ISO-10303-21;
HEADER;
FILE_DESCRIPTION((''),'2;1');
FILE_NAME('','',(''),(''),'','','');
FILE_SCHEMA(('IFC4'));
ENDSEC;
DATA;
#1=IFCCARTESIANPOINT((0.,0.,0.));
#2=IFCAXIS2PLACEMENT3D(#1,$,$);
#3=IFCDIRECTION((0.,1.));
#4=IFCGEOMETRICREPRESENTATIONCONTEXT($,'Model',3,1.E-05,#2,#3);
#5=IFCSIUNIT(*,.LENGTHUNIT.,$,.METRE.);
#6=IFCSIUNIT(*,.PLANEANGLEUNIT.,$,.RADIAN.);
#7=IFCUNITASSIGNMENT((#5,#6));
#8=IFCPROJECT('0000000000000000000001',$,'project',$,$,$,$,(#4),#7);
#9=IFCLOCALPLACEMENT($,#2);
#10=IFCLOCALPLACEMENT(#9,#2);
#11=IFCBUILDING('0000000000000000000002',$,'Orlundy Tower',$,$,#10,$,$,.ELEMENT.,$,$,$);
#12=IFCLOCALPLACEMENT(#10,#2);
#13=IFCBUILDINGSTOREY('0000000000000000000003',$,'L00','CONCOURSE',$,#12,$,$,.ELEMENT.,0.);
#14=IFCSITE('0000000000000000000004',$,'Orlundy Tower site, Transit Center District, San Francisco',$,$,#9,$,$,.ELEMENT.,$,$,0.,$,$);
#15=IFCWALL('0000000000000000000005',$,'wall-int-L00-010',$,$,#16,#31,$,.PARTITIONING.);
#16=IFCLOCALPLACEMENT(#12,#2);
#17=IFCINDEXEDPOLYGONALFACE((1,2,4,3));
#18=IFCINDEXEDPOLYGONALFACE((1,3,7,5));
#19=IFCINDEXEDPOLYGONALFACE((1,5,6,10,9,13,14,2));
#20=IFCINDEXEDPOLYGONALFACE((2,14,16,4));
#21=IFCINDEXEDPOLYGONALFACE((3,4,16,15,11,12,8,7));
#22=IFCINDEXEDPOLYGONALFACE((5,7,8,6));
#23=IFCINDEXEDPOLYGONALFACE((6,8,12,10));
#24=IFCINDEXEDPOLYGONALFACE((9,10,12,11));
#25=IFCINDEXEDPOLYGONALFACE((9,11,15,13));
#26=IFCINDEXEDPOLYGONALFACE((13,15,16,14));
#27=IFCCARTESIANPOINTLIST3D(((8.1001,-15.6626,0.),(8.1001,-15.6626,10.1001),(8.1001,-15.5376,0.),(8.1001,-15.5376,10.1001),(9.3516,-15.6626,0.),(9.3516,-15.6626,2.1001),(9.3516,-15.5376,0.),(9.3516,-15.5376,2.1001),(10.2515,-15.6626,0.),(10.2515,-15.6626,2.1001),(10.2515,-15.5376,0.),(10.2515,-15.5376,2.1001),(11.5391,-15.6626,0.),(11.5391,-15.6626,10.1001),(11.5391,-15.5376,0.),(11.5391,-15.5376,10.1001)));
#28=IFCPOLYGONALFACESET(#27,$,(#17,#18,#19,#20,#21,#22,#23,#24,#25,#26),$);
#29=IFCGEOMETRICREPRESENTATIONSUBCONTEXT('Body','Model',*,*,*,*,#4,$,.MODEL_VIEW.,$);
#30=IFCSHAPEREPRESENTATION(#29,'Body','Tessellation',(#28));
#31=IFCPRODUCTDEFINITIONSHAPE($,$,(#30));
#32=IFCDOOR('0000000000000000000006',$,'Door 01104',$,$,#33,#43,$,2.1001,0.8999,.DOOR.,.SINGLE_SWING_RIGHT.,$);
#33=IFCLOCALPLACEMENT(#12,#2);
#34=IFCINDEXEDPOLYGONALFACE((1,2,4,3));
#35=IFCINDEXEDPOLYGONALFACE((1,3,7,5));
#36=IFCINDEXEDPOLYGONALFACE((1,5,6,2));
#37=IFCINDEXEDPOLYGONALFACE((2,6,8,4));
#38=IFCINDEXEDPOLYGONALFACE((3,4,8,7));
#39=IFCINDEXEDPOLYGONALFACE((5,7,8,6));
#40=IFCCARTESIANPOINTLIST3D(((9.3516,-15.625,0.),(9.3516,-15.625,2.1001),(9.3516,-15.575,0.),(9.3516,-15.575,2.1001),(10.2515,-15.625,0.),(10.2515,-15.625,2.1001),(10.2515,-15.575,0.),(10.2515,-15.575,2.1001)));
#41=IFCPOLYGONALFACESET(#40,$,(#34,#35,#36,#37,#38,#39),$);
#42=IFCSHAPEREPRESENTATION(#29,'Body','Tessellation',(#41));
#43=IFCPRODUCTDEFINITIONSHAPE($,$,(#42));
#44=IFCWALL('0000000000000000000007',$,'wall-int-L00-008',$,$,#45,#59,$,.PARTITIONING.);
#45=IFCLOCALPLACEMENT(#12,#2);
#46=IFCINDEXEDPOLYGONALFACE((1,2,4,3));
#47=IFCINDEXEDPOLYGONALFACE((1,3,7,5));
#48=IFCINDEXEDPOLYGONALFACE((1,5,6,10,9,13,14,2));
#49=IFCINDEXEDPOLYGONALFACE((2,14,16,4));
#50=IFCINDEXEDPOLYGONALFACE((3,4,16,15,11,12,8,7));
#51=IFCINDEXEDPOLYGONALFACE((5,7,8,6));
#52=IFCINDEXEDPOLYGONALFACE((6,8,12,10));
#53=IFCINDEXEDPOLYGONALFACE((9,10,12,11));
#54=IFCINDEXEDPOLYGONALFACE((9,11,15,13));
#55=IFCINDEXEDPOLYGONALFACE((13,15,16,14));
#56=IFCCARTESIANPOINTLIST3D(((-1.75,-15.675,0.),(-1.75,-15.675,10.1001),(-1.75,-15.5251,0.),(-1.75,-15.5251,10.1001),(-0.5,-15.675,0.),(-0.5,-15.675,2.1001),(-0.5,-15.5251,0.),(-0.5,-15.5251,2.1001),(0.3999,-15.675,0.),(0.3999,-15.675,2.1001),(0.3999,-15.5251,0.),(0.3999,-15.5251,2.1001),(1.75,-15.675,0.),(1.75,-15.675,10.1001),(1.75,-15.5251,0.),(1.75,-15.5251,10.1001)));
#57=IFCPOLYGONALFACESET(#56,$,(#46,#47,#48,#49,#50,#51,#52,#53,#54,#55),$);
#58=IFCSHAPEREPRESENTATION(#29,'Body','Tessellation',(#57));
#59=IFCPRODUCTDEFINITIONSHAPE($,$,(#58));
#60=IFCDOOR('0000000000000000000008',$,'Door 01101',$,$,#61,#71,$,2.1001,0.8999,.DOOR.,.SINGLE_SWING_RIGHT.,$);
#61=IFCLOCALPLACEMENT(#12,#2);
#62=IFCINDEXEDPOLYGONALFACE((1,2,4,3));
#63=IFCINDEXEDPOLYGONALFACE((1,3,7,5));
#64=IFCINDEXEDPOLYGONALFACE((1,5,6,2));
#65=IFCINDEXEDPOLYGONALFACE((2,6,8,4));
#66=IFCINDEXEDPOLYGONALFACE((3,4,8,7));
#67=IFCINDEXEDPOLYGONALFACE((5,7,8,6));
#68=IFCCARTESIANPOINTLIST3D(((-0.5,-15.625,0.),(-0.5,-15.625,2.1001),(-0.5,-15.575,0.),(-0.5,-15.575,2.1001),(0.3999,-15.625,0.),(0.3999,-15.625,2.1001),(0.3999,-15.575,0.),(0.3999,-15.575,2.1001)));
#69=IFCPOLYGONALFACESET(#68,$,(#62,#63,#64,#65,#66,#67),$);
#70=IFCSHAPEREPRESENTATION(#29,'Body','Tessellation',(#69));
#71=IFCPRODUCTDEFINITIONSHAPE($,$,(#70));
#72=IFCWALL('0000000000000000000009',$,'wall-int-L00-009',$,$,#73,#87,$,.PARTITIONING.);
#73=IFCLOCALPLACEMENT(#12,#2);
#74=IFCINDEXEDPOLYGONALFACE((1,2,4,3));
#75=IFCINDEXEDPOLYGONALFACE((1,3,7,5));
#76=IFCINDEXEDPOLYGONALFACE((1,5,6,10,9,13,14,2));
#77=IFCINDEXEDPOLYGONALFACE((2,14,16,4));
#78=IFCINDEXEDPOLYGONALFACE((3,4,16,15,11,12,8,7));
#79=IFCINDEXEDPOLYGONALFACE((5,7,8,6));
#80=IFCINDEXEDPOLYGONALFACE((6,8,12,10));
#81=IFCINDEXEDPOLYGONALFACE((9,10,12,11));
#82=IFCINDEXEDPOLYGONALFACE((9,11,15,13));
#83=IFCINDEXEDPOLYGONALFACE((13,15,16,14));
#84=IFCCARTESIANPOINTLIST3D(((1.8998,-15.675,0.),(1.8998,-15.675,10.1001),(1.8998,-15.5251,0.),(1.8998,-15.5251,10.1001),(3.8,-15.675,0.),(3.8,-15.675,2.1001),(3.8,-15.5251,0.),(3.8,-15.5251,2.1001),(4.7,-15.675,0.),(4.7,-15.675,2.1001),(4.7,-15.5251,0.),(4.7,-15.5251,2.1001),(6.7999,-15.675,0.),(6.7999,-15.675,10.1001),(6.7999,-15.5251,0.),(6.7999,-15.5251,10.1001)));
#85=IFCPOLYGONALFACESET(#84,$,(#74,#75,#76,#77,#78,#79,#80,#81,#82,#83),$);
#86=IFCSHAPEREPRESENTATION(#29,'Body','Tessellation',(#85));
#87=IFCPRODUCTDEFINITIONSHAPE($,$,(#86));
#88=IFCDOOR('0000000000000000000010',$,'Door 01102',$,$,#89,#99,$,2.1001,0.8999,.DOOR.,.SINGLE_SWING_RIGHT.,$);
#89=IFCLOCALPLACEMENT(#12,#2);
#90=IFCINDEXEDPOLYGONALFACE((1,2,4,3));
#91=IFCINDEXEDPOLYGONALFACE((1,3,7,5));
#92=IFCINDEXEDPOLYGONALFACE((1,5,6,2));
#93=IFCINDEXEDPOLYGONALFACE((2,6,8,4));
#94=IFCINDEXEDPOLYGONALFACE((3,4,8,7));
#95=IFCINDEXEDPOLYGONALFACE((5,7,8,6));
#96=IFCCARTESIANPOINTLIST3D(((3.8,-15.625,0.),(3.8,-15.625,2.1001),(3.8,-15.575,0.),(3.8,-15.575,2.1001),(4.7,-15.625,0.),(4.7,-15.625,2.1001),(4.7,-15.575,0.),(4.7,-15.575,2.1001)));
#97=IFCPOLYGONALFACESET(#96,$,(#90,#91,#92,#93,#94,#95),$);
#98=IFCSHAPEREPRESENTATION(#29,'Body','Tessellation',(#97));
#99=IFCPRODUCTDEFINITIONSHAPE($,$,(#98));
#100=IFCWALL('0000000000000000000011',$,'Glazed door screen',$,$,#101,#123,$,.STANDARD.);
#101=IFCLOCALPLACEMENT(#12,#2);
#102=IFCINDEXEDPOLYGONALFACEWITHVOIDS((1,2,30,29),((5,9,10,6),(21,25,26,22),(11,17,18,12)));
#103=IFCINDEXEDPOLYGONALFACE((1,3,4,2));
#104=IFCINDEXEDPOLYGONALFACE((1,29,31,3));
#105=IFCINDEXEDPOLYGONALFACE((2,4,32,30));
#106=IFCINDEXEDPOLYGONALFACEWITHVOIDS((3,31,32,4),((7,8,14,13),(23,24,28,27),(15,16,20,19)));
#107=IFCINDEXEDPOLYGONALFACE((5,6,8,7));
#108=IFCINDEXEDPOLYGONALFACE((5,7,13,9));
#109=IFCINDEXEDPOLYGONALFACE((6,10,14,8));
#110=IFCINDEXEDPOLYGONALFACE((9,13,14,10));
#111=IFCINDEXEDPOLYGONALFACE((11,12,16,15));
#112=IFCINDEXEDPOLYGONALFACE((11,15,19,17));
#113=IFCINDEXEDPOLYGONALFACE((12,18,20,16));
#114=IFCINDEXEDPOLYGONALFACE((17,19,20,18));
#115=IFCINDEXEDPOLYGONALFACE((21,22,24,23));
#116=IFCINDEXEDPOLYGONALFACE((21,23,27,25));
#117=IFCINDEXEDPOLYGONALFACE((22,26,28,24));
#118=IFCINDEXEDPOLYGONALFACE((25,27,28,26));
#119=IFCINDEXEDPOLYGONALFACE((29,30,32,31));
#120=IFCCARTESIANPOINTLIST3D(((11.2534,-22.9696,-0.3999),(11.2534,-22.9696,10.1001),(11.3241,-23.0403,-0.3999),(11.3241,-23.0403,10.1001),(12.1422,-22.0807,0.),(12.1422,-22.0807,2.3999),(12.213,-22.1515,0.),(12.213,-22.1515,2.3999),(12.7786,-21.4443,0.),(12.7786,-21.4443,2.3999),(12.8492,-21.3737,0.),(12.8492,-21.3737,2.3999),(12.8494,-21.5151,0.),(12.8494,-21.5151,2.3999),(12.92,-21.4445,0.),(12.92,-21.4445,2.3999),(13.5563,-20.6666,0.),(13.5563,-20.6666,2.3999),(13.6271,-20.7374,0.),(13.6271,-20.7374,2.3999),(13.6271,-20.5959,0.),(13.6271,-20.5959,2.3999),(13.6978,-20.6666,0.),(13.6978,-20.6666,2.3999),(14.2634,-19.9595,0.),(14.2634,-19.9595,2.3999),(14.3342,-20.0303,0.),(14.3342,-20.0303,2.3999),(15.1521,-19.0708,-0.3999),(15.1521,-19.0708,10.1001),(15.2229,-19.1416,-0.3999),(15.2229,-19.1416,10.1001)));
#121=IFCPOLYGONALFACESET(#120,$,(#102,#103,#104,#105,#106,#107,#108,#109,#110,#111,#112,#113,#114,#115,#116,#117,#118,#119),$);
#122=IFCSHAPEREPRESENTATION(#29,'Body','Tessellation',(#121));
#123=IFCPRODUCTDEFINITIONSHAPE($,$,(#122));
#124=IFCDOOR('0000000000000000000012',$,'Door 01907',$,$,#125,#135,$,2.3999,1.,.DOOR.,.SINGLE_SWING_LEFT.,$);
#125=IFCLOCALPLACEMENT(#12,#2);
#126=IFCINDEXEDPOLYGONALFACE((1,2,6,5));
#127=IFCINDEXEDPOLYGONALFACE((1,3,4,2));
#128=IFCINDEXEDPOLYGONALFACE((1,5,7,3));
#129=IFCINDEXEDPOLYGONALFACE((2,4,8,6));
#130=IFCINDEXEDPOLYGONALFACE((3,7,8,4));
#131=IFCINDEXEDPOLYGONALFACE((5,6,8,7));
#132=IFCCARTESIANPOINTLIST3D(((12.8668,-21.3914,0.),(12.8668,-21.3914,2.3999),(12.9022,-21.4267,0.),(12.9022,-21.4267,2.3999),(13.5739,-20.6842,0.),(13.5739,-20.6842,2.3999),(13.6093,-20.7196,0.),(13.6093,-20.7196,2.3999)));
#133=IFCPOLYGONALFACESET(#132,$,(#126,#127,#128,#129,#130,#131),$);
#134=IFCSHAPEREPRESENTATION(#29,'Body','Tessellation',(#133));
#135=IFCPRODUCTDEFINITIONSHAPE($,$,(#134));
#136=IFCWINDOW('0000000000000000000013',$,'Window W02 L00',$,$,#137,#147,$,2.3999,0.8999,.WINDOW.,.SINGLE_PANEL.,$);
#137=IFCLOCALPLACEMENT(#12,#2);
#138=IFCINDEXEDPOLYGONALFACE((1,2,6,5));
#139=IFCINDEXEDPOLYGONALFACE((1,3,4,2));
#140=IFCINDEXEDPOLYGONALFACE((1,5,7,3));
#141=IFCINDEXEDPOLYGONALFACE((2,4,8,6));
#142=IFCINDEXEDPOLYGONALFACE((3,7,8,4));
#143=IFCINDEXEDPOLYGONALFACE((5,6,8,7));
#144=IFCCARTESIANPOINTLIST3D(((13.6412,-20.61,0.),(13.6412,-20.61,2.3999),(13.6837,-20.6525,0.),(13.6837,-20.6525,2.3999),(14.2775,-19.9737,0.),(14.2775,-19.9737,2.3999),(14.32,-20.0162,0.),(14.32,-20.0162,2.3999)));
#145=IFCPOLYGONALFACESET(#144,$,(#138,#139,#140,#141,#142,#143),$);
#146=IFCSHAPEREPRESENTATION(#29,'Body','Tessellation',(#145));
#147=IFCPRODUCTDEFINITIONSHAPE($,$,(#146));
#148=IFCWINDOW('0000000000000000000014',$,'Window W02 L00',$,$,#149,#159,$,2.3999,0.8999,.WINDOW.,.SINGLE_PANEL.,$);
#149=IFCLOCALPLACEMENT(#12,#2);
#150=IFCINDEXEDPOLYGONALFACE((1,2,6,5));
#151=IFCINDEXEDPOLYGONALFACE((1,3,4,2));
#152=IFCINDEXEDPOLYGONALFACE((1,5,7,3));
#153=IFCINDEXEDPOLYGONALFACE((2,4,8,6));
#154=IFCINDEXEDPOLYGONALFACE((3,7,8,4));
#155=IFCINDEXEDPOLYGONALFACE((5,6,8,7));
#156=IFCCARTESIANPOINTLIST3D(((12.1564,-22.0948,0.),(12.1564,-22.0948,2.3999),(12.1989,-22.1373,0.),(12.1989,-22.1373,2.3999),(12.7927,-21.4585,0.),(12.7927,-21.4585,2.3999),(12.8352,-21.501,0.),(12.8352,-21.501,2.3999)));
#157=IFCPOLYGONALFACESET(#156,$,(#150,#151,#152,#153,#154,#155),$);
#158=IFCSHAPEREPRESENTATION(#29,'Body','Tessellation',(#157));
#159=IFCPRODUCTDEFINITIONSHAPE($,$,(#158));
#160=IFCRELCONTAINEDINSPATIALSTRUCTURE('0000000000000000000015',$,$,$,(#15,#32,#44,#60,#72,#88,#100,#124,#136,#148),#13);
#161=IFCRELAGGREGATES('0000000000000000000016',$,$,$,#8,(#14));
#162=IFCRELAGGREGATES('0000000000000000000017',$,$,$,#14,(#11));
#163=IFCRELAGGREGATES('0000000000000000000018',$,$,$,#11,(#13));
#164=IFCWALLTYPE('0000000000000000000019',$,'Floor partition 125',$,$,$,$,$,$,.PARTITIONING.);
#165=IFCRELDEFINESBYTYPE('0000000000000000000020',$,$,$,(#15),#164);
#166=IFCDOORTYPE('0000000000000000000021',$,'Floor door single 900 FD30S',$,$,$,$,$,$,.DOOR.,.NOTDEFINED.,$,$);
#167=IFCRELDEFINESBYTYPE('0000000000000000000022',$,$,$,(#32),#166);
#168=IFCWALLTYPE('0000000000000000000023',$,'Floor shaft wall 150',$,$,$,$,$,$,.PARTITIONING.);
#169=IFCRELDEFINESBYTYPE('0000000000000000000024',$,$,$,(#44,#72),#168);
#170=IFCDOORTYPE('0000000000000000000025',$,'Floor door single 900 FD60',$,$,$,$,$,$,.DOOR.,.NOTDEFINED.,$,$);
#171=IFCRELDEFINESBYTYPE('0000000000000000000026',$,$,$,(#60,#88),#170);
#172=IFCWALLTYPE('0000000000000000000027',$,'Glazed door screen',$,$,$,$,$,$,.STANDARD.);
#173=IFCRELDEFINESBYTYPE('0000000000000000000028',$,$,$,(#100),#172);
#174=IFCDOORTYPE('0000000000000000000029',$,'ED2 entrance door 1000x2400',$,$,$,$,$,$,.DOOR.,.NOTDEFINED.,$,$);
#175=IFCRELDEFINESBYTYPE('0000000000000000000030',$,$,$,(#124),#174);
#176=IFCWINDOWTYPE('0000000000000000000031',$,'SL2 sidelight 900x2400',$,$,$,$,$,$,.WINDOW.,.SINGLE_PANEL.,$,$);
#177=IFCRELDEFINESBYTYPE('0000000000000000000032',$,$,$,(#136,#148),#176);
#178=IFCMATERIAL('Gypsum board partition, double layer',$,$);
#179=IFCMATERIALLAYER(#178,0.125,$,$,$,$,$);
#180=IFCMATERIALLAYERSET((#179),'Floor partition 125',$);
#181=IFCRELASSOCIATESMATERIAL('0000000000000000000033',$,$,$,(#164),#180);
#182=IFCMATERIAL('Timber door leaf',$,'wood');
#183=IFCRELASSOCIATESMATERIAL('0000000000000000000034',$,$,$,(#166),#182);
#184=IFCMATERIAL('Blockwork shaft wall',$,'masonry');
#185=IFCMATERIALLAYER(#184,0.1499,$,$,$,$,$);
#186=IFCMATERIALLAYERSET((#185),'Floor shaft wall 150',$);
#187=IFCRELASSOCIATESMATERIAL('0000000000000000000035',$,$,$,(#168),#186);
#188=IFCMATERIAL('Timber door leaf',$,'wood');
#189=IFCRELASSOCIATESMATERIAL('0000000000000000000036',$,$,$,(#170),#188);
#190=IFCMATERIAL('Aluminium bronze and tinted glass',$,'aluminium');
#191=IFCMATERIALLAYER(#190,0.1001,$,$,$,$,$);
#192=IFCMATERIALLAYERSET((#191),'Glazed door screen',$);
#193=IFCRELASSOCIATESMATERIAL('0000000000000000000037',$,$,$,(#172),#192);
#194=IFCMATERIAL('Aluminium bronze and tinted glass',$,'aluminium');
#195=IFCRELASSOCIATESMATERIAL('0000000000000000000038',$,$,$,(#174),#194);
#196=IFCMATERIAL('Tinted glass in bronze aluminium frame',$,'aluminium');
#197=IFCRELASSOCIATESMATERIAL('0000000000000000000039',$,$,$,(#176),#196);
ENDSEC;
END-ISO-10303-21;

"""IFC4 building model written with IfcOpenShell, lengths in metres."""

from ifc_helpers import new_model, si_unit, direction, frame, frame_2d, origin, place, context, subcontext, project, spatial, rectangle, extrude, material, layer, layer_set, type_object, element, fill, save


model = new_model("IFC4")

# Units and contexts
model_context = context("Model", 3, precision=1e-05, world=origin(), true_north=direction((0.0, 1.0)))
body_context = subcontext(model_context, "Body", "Model", "MODEL_VIEW")
ifc_project = project(units=[si_unit("LENGTHUNIT", "METRE"), si_unit("PLANEANGLEUNIT", "RADIAN")], contexts=[model_context])

# Site, building, storey
site_placement = place(None, origin())
site = spatial("IfcSite", under=ifc_project, at=site_placement, Name="Orlundy Tower site, Transit Center District, San Francisco", CompositionType="ELEMENT", RefElevation=0.0)
building_placement = place(site_placement, origin())
building = spatial("IfcBuilding", under=site, at=building_placement, Name="Orlundy Tower", CompositionType="ELEMENT")
storey_placement = place(building_placement, origin())
storey = spatial("IfcBuildingStorey", under=building, at=storey_placement, Name="L00", Description="CONCOURSE", CompositionType="ELEMENT", Elevation=0.0)

# Walls, openings, doors
ifc_material_1 = material(Name="Gypsum board partition, double layer")
ifc_layer_1 = layer(ifc_material_1, 0.125)
ifc_layer_set_1 = layer_set([ifc_layer_1], Name="Floor partition 125")
wall_type_1 = type_object("IfcWallType", Name="Floor partition 125", PredefinedType="PARTITIONING", material=ifc_layer_set_1)
wall_1_placement = place(storey_placement, frame((11.5391, -15.6001, 0.0), z_axis=(0.0, 0.0, 1.0), x_axis=(-1.0, 0.0, 0.0)))
wall_1 = element("IfcWall", 1, at=wall_1_placement, inside=storey, type_object=wall_type_1, Name="wall-int-L00-010", PredefinedType="PARTITIONING", context=body_context, shape_type="SweptSolid", body=[
    extrude(rectangle(XDim=3.439, YDim=0.125, at=frame_2d((1.7195, 0.0))), origin(), (0.0, 0.0, 1.0), 10.1001),
])
opening_1_placement = place(wall_1_placement, frame((1.2876, 0.0, 0.0)))
opening_1 = element("IfcOpeningElement", 2, at=opening_1_placement, cuts=wall_1, PredefinedType="OPENING", context=body_context, shape_type="SweptSolid", body=[
    extrude(rectangle(XDim=0.8999, YDim=2.1001, at=frame_2d((0.45, 1.05))), frame((0.0, 0.0725, 0.0), z_axis=(0.0, -1.0, 0.0), x_axis=(1.0, 0.0, 0.0)), (0.0, 0.0, 1.0), 0.145),
])
ifc_material_2 = material(Name="Timber door leaf", Category="wood")
door_type_1 = type_object("IfcDoorType", Name="Floor door single 900 FD30S", OperationType="NOTDEFINED", PredefinedType="DOOR", material=ifc_material_2)
door_1_placement = place(opening_1_placement, origin())
door_1 = element("IfcDoor", 3, at=door_1_placement, inside=storey, type_object=door_type_1, Name="Door 01104", OperationType="SINGLE_SWING_RIGHT", OverallHeight=2.1001, OverallWidth=0.8999, PredefinedType="DOOR", context=body_context, shape_type="SweptSolid", body=[
    extrude(rectangle(XDim=0.8999, YDim=2.1001, at=frame_2d((0.45, 1.05))), frame((0.0, 0.0249, 0.0), z_axis=(0.0, -1.0, 0.0), x_axis=(1.0, 0.0, 0.0)), (0.0, 0.0, 1.0), 0.05),
])
fill(opening_1, door_1)
ifc_material_3 = material(Name="Blockwork shaft wall", Category="masonry")
ifc_layer_2 = layer(ifc_material_3, 0.1499)
ifc_layer_set_2 = layer_set([ifc_layer_2], Name="Floor shaft wall 150")
wall_type_2 = type_object("IfcWallType", Name="Floor shaft wall 150", PredefinedType="PARTITIONING", material=ifc_layer_set_2)
wall_2_placement = place(storey_placement, frame((1.75, -15.6001, 0.0), z_axis=(0.0, 0.0, 1.0), x_axis=(-1.0, 0.0, 0.0)))
wall_2 = element("IfcWall", 4, at=wall_2_placement, inside=storey, type_object=wall_type_2, Name="wall-int-L00-008", PredefinedType="PARTITIONING", context=body_context, shape_type="SweptSolid", body=[
    extrude(rectangle(XDim=3.5, YDim=0.1499, at=frame_2d((1.75, 0.0))), origin(), (0.0, 0.0, 1.0), 10.1001),
])
opening_2_placement = place(wall_2_placement, frame((1.3501, 0.0, 0.0)))
opening_2 = element("IfcOpeningElement", 5, at=opening_2_placement, cuts=wall_2, PredefinedType="OPENING", context=body_context, shape_type="SweptSolid", body=[
    extrude(rectangle(XDim=0.8999, YDim=2.1001, at=frame_2d((0.45, 1.05))), frame((0.0, 0.085, 0.0), z_axis=(0.0, -1.0, 0.0), x_axis=(1.0, 0.0, 0.0)), (0.0, 0.0, 1.0), 0.1699),
])
ifc_material_4 = material(Name="Timber door leaf", Category="wood")
door_type_2 = type_object("IfcDoorType", Name="Floor door single 900 FD60", OperationType="NOTDEFINED", PredefinedType="DOOR", material=ifc_material_4)
door_2_placement = place(opening_2_placement, origin())
door_2 = element("IfcDoor", 6, at=door_2_placement, inside=storey, type_object=door_type_2, Name="Door 01101", OperationType="SINGLE_SWING_RIGHT", OverallHeight=2.1001, OverallWidth=0.8999, PredefinedType="DOOR", context=body_context, shape_type="SweptSolid", body=[
    extrude(rectangle(XDim=0.8999, YDim=2.1001, at=frame_2d((0.45, 1.05))), frame((0.0, 0.0249, 0.0), z_axis=(0.0, -1.0, 0.0), x_axis=(1.0, 0.0, 0.0)), (0.0, 0.0, 1.0), 0.05),
])
fill(opening_2, door_2)
wall_3_placement = place(storey_placement, frame((6.8, -15.6001, 0.0), z_axis=(0.0, 0.0, 1.0), x_axis=(-1.0, 0.0, 0.0)))
wall_3 = element("IfcWall", 7, at=wall_3_placement, inside=storey, type_object=wall_type_2, Name="wall-int-L00-009", PredefinedType="PARTITIONING", context=body_context, shape_type="SweptSolid", body=[
    extrude(rectangle(XDim=4.9001, YDim=0.1499, at=frame_2d((2.4502, 0.0))), origin(), (0.0, 0.0, 1.0), 10.1001),
])
opening_3_placement = place(wall_3_placement, frame((2.1001, 0.0, 0.0)))
opening_3 = element("IfcOpeningElement", 8, at=opening_3_placement, cuts=wall_3, PredefinedType="OPENING", context=body_context, shape_type="SweptSolid", body=[
    extrude(rectangle(XDim=0.8999, YDim=2.1001, at=frame_2d((0.45, 1.05))), frame((0.0, 0.085, 0.0), z_axis=(0.0, -1.0, 0.0), x_axis=(1.0, 0.0, 0.0)), (0.0, 0.0, 1.0), 0.1699),
])
door_3_placement = place(opening_3_placement, origin())
door_3 = element("IfcDoor", 9, at=door_3_placement, inside=storey, type_object=door_type_2, Name="Door 01102", OperationType="SINGLE_SWING_RIGHT", OverallHeight=2.1001, OverallWidth=0.8999, PredefinedType="DOOR", context=body_context, shape_type="SweptSolid", body=[
    extrude(rectangle(XDim=0.8999, YDim=2.1001, at=frame_2d((0.45, 1.05))), frame((0.0, 0.0249, 0.0), z_axis=(0.0, -1.0, 0.0), x_axis=(1.0, 0.0, 0.0)), (0.0, 0.0, 1.0), 0.05),
])
fill(opening_3, door_3)

# Wall, openings, door, windows
ifc_material_5 = material(Name="Aluminium bronze and tinted glass", Category="aluminium")
ifc_layer_3 = layer(ifc_material_5, 0.1001)
ifc_layer_set_3 = layer_set([ifc_layer_3], Name="Glazed door screen")
wall_type_3 = type_object("IfcWallType", Name="Glazed door screen", PredefinedType="STANDARD", material=ifc_layer_set_3)
wall_4_placement = place(storey_placement, frame((15.1875, -19.1062, -0.3999), z_axis=(0.0, 0.0, 1.0), x_axis=(-0.707107, -0.707107, 0.0)))
wall_4 = element("IfcWall", 10, at=wall_4_placement, inside=storey, type_object=wall_type_3, Name="Glazed door screen", PredefinedType="STANDARD", context=body_context, shape_type="SweptSolid", body=[
    extrude(rectangle(XDim=5.5137, YDim=0.1001, at=frame_2d((2.7568, 0.0))), origin(), (0.0, 0.0, 1.0), 10.5),
])
opening_4_placement = place(wall_4_placement, frame((2.2568, 0.0, 0.3999)))
opening_4 = element("IfcOpeningElement", 11, at=opening_4_placement, cuts=wall_4, PredefinedType="OPENING", context=body_context, shape_type="SweptSolid", body=[
    extrude(rectangle(XDim=1.0, YDim=2.3999, at=frame_2d((0.5, 1.2))), frame((0.0, 0.0601, 0.0), z_axis=(0.0, -1.0, 0.0), x_axis=(1.0, 0.0, 0.0)), (0.0, 0.0, 1.0), 0.1201),
])
opening_5_placement = place(wall_4_placement, frame((1.2568, 0.0, 0.3999)))
opening_5 = element("IfcOpeningElement", 12, at=opening_5_placement, cuts=wall_4, PredefinedType="OPENING", context=body_context, shape_type="SweptSolid", body=[
    extrude(rectangle(XDim=0.8999, YDim=2.3999, at=frame_2d((0.45, 1.2))), frame((0.0, 0.0601, 0.0), z_axis=(0.0, -1.0, 0.0), x_axis=(1.0, 0.0, 0.0)), (0.0, 0.0, 1.0), 0.1201),
])
opening_6_placement = place(wall_4_placement, frame((3.3567, 0.0, 0.3999)))
opening_6 = element("IfcOpeningElement", 13, at=opening_6_placement, cuts=wall_4, PredefinedType="OPENING", context=body_context, shape_type="SweptSolid", body=[
    extrude(rectangle(XDim=0.8999, YDim=2.3999, at=frame_2d((0.45, 1.2))), frame((0.0, 0.0601, 0.0), z_axis=(0.0, -1.0, 0.0), x_axis=(1.0, 0.0, 0.0)), (0.0, 0.0, 1.0), 0.1201),
])
ifc_material_6 = material(Name="Aluminium bronze and tinted glass", Category="aluminium")
door_type_3 = type_object("IfcDoorType", Name="ED2 entrance door 1000x2400", OperationType="NOTDEFINED", PredefinedType="DOOR", material=ifc_material_6)
door_4_placement = place(opening_4_placement, origin())
door_4 = element("IfcDoor", 14, at=door_4_placement, inside=storey, type_object=door_type_3, Name="Door 01907", OperationType="SINGLE_SWING_LEFT", OverallHeight=2.3999, OverallWidth=1.0, PredefinedType="DOOR", context=body_context, shape_type="SweptSolid", body=[
    extrude(rectangle(XDim=1.0, YDim=2.3999, at=frame_2d((0.5, 1.2))), frame((0.0, 0.0249, 0.0), z_axis=(0.0, -1.0, 0.0), x_axis=(1.0, 0.0, 0.0)), (0.0, 0.0, 1.0), 0.05),
])
fill(opening_4, door_4)
ifc_material_7 = material(Name="Tinted glass in bronze aluminium frame", Category="aluminium")
window_type = type_object("IfcWindowType", Name="SL2 sidelight 900x2400", PartitioningType="SINGLE_PANEL", PredefinedType="WINDOW", material=ifc_material_7)
window_1_placement = place(opening_5_placement, origin())
window_1 = element("IfcWindow", 15, at=window_1_placement, inside=storey, type_object=window_type, Name="Window W02 L00", OverallHeight=2.3999, OverallWidth=0.8999, PartitioningType="SINGLE_PANEL", PredefinedType="WINDOW", context=body_context, shape_type="SweptSolid", body=[
    extrude(rectangle(XDim=0.8999, YDim=2.3999, at=frame_2d((0.45, 1.2))), frame((0.0, 0.03, 0.0), z_axis=(0.0, -1.0, 0.0), x_axis=(1.0, 0.0, 0.0)), (0.0, 0.0, 1.0), 0.0601),
])
fill(opening_5, window_1)
window_2_placement = place(opening_6_placement, origin())
window_2 = element("IfcWindow", 16, at=window_2_placement, inside=storey, type_object=window_type, Name="Window W02 L00", OverallHeight=2.3999, OverallWidth=0.8999, PartitioningType="SINGLE_PANEL", PredefinedType="WINDOW", context=body_context, shape_type="SweptSolid", body=[
    extrude(rectangle(XDim=0.8999, YDim=2.3999, at=frame_2d((0.45, 1.2))), frame((0.0, 0.03, 0.0), z_axis=(0.0, -1.0, 0.0), x_axis=(1.0, 0.0, 0.0)), (0.0, 0.0, 1.0), 0.0601),
])
fill(opening_6, window_2)

save(model, "model.ifc")
